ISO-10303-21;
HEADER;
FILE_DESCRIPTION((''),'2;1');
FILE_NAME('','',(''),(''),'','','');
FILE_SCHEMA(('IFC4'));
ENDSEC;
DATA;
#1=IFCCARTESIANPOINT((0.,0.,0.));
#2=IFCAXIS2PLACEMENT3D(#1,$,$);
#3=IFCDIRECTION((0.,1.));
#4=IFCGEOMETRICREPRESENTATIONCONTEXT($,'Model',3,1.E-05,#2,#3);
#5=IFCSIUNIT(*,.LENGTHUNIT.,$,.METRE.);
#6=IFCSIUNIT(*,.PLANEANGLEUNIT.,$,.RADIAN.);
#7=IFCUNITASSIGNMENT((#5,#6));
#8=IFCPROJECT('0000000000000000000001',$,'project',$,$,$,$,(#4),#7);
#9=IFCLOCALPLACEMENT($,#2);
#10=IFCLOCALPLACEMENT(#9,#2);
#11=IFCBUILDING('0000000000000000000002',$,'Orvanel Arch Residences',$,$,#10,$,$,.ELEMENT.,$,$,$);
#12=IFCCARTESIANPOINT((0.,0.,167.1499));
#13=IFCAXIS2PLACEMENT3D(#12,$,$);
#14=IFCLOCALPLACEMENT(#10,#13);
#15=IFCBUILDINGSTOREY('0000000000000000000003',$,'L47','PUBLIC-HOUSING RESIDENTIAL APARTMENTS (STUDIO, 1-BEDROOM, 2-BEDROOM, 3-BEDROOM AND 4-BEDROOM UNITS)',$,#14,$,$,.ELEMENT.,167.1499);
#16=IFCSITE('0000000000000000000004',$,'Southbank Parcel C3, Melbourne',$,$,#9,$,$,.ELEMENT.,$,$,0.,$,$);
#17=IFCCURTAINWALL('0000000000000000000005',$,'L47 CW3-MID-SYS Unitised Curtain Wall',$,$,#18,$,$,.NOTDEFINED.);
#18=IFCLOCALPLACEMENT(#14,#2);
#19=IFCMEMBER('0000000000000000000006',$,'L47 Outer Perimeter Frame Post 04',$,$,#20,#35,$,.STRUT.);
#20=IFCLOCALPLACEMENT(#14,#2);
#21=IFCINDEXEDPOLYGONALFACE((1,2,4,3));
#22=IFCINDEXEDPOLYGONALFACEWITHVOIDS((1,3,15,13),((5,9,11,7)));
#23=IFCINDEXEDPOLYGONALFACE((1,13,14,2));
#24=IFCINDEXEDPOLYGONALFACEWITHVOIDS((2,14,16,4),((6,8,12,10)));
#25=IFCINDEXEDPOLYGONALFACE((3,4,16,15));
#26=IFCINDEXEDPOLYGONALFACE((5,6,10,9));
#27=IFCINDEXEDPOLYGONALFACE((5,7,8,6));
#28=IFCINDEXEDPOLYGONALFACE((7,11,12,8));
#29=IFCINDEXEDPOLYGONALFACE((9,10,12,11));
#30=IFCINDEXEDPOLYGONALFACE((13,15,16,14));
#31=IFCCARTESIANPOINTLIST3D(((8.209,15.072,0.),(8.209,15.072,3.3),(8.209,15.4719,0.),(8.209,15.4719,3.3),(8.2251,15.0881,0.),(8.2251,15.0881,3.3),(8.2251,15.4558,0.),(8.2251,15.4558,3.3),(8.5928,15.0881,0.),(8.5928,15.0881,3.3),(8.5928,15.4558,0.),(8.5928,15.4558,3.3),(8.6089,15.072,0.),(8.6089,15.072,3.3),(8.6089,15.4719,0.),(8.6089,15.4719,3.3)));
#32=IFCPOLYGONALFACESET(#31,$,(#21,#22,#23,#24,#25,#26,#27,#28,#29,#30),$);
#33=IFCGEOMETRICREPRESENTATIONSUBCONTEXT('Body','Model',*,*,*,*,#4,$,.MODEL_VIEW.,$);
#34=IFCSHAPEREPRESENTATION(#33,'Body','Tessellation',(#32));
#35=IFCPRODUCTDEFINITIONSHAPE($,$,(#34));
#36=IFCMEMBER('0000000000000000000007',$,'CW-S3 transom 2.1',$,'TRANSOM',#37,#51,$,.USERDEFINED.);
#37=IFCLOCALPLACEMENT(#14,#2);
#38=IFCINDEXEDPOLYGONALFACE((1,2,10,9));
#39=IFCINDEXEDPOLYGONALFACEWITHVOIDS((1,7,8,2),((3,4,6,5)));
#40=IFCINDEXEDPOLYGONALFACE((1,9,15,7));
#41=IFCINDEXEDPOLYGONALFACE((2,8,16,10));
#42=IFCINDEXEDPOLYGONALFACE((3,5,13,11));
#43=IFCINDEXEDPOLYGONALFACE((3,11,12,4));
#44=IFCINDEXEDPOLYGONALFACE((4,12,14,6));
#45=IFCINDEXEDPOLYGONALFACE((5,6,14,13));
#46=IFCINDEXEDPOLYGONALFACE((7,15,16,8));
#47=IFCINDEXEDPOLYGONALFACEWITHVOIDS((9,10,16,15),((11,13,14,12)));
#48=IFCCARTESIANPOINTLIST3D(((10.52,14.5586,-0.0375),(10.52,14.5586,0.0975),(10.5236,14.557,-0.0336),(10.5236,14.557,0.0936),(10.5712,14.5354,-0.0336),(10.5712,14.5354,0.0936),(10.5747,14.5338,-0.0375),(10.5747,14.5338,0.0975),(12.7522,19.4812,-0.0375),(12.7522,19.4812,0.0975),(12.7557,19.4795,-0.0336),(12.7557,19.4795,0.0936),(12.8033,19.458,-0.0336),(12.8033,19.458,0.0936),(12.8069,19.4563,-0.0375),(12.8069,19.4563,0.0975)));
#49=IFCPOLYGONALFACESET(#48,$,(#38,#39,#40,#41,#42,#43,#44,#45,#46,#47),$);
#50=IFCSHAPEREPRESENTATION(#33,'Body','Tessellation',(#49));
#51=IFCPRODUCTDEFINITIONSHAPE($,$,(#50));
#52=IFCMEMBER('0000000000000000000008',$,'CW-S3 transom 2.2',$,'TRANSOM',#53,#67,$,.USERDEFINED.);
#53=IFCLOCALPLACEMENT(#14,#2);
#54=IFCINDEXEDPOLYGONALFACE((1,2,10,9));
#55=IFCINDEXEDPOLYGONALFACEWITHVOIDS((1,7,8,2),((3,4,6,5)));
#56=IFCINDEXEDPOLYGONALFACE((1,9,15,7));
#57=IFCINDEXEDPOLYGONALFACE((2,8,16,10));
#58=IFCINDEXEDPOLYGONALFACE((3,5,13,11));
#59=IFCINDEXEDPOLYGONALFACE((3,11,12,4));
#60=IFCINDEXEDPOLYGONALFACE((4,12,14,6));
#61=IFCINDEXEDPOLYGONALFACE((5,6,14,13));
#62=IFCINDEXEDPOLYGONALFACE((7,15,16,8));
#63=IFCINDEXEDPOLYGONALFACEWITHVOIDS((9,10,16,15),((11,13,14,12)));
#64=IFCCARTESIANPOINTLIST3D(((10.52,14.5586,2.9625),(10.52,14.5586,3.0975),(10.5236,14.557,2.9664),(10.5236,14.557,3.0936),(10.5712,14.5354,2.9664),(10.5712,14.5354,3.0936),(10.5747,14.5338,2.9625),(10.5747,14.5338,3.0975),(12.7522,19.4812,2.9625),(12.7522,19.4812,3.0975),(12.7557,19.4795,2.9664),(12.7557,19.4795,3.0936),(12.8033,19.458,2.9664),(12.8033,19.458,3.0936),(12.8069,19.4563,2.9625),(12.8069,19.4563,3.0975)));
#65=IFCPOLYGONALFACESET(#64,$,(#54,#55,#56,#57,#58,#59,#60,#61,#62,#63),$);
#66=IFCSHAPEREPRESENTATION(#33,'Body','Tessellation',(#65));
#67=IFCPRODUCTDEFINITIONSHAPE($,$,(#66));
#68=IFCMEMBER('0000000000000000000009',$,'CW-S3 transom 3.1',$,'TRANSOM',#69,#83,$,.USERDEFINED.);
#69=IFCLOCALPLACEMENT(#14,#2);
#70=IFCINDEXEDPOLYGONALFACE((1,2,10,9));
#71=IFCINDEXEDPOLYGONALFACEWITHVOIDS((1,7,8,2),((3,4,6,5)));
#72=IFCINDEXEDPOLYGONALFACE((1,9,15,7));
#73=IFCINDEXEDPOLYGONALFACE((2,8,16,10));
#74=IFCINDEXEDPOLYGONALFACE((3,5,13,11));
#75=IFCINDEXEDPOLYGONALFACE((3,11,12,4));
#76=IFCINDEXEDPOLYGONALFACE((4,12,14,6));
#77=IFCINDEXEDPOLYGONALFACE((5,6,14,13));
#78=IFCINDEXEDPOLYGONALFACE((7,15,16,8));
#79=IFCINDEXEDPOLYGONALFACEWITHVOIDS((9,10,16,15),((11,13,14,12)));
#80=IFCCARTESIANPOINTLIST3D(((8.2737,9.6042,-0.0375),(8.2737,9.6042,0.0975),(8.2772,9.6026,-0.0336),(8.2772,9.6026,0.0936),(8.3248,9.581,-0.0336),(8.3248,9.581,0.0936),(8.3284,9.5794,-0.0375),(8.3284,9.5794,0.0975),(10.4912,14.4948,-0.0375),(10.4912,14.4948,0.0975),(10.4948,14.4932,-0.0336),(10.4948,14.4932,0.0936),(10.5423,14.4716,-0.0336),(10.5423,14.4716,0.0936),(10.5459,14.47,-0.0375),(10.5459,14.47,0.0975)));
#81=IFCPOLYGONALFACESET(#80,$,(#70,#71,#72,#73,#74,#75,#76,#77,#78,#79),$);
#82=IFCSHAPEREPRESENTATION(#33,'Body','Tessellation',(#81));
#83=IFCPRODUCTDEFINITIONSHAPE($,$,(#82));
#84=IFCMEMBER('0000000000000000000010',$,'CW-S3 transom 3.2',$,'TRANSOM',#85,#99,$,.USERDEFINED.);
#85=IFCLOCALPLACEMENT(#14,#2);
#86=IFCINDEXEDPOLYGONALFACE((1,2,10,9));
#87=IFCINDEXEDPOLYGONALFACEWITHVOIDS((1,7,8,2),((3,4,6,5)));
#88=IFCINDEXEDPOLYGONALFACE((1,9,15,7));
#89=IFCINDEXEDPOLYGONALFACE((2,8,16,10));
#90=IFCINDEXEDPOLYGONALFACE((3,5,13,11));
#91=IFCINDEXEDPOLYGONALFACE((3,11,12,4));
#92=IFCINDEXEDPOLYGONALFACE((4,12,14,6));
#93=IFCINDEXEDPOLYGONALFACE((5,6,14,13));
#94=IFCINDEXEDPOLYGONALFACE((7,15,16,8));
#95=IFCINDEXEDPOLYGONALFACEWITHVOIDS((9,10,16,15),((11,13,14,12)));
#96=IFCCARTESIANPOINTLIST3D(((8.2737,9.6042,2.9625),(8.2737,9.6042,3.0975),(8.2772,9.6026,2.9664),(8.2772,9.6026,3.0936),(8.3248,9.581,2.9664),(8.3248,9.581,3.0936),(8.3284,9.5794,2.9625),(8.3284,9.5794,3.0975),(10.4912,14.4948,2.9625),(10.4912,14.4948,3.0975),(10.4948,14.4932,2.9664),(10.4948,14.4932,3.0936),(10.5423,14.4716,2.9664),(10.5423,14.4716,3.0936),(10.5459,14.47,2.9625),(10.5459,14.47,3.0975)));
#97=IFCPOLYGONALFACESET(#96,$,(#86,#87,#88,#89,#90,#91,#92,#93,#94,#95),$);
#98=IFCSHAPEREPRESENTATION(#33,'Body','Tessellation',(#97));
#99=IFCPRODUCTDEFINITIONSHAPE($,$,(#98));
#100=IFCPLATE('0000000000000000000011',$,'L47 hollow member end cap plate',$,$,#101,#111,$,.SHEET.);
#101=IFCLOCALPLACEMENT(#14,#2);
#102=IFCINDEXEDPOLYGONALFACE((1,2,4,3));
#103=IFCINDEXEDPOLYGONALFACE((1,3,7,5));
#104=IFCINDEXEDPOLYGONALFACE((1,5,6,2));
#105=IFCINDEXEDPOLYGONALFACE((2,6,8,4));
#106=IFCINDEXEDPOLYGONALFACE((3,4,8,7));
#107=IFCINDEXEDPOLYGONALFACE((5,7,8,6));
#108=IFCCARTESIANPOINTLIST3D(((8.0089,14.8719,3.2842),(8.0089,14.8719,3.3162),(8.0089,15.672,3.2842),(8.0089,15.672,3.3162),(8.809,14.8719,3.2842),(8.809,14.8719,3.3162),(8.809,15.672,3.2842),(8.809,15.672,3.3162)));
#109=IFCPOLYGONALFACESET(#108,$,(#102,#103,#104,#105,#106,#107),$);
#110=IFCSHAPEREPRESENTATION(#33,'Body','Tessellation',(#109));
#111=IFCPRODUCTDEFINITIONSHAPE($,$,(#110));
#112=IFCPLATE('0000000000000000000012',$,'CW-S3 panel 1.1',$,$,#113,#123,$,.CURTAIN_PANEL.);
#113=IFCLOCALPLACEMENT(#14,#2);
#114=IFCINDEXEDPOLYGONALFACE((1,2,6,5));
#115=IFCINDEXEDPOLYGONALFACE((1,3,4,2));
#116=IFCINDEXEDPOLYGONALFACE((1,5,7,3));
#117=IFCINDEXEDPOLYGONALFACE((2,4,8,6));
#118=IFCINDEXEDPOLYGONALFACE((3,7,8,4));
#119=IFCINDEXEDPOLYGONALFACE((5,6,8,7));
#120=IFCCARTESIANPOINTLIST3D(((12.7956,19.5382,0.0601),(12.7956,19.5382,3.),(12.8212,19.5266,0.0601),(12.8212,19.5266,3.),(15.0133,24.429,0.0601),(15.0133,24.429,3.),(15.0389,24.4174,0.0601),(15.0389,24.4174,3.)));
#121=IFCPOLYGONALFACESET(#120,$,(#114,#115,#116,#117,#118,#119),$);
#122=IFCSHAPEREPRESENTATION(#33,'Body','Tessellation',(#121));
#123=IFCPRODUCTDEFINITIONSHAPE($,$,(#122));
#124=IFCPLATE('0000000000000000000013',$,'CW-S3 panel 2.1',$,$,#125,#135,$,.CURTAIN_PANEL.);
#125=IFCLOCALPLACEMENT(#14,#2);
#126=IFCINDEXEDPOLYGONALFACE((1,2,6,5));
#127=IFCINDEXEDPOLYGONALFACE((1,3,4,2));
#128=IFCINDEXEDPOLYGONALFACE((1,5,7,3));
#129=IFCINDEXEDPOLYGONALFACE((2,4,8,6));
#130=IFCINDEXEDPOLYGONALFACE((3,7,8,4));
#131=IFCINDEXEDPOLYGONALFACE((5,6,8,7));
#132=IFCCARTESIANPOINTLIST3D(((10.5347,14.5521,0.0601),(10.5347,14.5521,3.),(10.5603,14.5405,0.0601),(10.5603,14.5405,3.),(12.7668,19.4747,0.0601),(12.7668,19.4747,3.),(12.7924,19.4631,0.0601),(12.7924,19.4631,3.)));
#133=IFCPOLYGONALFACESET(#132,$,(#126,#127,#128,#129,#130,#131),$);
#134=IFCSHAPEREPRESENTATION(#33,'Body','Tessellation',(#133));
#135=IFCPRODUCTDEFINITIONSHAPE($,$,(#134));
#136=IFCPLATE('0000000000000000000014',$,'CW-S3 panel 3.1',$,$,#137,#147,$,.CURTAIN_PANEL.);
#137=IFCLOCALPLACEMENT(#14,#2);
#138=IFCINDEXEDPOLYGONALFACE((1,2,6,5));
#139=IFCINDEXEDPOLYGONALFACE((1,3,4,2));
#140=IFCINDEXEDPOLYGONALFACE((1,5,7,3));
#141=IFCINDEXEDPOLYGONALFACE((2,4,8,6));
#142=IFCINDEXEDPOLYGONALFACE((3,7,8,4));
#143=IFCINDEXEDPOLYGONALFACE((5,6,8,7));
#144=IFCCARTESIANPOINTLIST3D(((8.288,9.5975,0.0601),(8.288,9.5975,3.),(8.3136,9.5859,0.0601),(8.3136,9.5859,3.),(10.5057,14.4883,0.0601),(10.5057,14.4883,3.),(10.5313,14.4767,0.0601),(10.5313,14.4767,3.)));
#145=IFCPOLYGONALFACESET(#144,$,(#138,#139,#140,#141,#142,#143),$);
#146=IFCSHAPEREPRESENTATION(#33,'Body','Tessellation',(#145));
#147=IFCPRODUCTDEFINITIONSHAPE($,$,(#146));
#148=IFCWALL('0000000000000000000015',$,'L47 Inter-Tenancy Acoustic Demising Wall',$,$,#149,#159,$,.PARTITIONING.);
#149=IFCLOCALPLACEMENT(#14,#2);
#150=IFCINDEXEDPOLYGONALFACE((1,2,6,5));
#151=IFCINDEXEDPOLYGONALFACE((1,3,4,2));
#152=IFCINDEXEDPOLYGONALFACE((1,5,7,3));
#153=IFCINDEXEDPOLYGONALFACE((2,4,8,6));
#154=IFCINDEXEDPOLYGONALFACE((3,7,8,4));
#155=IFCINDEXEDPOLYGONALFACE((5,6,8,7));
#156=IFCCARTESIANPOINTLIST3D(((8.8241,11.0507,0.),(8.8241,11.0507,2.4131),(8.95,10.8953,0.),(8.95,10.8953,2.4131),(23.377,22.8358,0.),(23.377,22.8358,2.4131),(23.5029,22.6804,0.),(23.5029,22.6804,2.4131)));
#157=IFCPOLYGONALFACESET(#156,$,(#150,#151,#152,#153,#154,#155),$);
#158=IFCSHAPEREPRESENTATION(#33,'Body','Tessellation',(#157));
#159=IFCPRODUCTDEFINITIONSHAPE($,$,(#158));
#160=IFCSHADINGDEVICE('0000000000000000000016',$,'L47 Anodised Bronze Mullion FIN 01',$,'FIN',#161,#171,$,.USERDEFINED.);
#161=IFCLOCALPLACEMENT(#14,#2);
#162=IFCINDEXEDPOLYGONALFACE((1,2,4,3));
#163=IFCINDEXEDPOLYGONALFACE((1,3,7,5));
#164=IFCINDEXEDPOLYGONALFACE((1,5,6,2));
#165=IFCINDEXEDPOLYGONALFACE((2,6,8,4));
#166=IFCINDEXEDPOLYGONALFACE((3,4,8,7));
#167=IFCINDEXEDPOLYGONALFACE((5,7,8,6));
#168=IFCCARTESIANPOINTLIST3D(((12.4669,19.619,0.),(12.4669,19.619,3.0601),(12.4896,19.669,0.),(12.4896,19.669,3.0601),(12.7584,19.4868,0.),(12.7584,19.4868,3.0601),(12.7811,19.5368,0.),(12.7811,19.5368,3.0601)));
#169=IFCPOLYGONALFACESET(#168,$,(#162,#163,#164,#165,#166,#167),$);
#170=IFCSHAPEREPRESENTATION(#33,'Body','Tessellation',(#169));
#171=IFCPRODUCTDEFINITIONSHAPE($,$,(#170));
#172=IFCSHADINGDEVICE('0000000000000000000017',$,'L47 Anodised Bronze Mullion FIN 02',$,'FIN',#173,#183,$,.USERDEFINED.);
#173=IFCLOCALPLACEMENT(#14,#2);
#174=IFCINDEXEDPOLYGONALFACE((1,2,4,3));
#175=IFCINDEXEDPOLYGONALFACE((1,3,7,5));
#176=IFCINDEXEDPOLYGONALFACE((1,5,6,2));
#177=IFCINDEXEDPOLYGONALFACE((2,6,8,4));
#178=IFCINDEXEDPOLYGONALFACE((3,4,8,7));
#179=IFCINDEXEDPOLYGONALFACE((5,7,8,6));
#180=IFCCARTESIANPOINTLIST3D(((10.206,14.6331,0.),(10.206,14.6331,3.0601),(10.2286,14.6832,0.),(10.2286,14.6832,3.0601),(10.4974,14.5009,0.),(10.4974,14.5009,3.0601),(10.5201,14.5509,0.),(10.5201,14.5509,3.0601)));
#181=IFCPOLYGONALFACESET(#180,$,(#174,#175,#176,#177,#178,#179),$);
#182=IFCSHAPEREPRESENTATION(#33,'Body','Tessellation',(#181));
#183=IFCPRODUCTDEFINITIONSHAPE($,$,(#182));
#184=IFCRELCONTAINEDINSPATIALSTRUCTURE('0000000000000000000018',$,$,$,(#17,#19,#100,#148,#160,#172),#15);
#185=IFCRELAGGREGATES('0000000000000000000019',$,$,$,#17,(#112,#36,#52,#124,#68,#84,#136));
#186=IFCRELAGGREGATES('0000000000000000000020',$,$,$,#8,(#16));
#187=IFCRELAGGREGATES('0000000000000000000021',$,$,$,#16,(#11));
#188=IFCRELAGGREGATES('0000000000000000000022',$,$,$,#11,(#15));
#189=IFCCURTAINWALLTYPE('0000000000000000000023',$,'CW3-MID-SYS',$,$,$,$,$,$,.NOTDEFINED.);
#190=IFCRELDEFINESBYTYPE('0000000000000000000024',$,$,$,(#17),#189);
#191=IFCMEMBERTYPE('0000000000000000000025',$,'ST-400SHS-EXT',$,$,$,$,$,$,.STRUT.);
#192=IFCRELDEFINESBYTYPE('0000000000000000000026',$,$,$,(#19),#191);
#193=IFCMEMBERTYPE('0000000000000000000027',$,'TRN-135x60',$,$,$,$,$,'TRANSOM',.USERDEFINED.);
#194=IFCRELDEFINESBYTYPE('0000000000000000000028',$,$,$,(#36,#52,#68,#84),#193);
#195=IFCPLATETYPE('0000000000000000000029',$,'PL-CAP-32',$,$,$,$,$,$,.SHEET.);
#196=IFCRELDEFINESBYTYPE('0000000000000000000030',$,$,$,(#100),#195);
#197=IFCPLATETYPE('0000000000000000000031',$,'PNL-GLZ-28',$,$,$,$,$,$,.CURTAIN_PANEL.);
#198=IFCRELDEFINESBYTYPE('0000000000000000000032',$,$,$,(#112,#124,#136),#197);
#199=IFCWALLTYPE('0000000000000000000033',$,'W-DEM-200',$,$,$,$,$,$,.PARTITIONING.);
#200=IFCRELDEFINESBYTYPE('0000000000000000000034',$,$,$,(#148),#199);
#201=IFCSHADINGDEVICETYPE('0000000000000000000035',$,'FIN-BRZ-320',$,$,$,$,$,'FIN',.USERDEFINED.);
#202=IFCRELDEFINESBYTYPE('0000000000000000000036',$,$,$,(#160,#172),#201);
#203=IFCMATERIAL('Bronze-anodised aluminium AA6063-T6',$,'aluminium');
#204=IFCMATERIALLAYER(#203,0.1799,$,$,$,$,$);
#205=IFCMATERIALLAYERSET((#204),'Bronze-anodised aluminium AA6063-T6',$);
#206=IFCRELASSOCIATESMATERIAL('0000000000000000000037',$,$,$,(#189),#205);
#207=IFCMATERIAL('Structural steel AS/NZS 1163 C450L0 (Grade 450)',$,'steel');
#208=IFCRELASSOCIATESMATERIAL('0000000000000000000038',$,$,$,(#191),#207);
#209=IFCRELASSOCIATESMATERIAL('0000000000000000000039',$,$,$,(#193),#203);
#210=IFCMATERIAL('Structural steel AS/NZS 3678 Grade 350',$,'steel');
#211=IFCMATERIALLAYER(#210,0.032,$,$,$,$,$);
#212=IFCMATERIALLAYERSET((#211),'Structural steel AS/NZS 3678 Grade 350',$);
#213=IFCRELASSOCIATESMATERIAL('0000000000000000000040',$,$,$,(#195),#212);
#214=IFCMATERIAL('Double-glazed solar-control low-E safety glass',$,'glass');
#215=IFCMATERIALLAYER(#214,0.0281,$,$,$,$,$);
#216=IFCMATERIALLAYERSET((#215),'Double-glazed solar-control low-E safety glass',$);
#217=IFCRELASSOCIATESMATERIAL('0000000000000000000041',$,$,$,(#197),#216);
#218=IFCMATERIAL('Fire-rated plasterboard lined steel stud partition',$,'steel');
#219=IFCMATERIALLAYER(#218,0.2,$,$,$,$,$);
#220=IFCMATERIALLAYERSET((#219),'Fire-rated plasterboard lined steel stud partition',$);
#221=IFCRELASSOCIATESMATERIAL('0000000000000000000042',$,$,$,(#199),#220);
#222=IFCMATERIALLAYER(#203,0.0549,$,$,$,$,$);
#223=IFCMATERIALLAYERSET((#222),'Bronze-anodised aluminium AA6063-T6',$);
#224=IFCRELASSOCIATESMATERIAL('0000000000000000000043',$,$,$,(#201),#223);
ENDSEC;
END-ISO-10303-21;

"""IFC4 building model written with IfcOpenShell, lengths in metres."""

from ifc_helpers import new_model, si_unit, direction, frame, frame_2d, origin, origin_2d, place, context, subcontext, project, spatial, rectangle, hollow_rectangle, extrude, material, layer, layer_set, material_profile, profile_set, type_object, element, aggregate, save


model = new_model("IFC4")

# Units and contexts
model_context = context("Model", 3, precision=1e-05, world=origin(), true_north=direction((0.0, 1.0)))
body_context = subcontext(model_context, "Body", "Model", "MODEL_VIEW")
ifc_project = project(units=[si_unit("LENGTHUNIT", "METRE"), si_unit("PLANEANGLEUNIT", "RADIAN")], contexts=[model_context])

# Site, building, storey
site_placement = place(None, origin())
site = spatial("IfcSite", under=ifc_project, at=site_placement, Name="Southbank Parcel C3, Melbourne", CompositionType="ELEMENT", RefElevation=0.0)
building_placement = place(site_placement, origin())
building = spatial("IfcBuilding", under=site, at=building_placement, Name="Orvanel Arch Residences", CompositionType="ELEMENT")
storey_placement = place(building_placement, frame((0.0, 0.0, 167.1499)))
storey = spatial("IfcBuildingStorey", under=building, at=storey_placement, Name="L47", Description="PUBLIC-HOUSING RESIDENTIAL APARTMENTS (STUDIO, 1-BEDROOM, 2-BEDROOM, 3-BEDROOM AND 4-BEDROOM UNITS)", CompositionType="ELEMENT", Elevation=167.1499)

# Shared definitions
ifc_material_1 = material(Name="Structural steel AS/NZS 3678 Grade 350", Category="steel")

# Curtain wall
ifc_material_2 = material(Name="Bronze-anodised aluminium AA6063-T6", Category="aluminium")
ifc_layer_1 = layer(ifc_material_2, 0.1799)
ifc_layer_set_1 = layer_set([ifc_layer_1], Name="Bronze-anodised aluminium AA6063-T6")
curtain_wall_type = type_object("IfcCurtainWallType", Name="CW3-MID-SYS", PredefinedType="NOTDEFINED", material=ifc_layer_set_1)
curtain_wall_placement = place(storey_placement, origin())
curtain_wall = element("IfcCurtainWall", 1, at=curtain_wall_placement, inside=storey, type_object=curtain_wall_type, Name="L47 CW3-MID-SYS Unitised Curtain Wall", PredefinedType="NOTDEFINED")

# Members
ifc_material_3 = material(Name="Structural steel AS/NZS 1163 C450L0 (Grade 450)", Category="steel")
ifc_material_profile_1 = material_profile(ifc_material_3, hollow_rectangle(XDim=0.3999, YDim=0.3999, WallThickness=0.0161, at=origin_2d()), Name="SHS400x400x16")
ifc_profile_set_1 = profile_set([ifc_material_profile_1], Name="Structural steel AS/NZS 1163 C450L0 (Grade 450)")
member_type_1 = type_object("IfcMemberType", Name="ST-400SHS-EXT", PredefinedType="STRUT", material=ifc_profile_set_1)
member_1_placement = place(storey_placement, frame((8.4089, 15.272, 0.0), z_axis=(0.0, 0.0, 1.0), x_axis=(1.0, 0.0, 0.0)))
element("IfcMember", 2, at=member_1_placement, inside=storey, type_object=member_type_1, Name="L47 Outer Perimeter Frame Post 04", PredefinedType="STRUT", context=body_context, shape_type="SweptSolid", body=[
    extrude(hollow_rectangle(XDim=0.3999, YDim=0.3999, WallThickness=0.0161, at=origin_2d()), origin(), (0.0, 0.0, 1.0), 3.3),
])
ifc_material_profile_2 = material_profile(ifc_material_2, hollow_rectangle(XDim=0.0601, YDim=0.135, WallThickness=0.0039, at=origin_2d()), Name="ALU135x60x4")
ifc_profile_set_2 = profile_set([ifc_material_profile_2], Name="Bronze-anodised aluminium AA6063-T6")
member_type_2 = type_object("IfcMemberType", Name="TRN-135x60", ElementType="TRANSOM", PredefinedType="USERDEFINED", material=ifc_profile_set_2)
member_2_placement = place(storey_placement, frame((12.7795, 19.4688, 0.03), z_axis=(-0.412979, -0.91074, 0.0), x_axis=(0.91074, -0.412979, 0.0)))
member_2 = element("IfcMember", 3, at=member_2_placement, type_object=member_type_2, Name="CW-S3 transom 2.1", ObjectType="TRANSOM", PredefinedType="USERDEFINED", context=body_context, shape_type="SweptSolid", body=[
    extrude(hollow_rectangle(XDim=0.0601, YDim=0.135, WallThickness=0.0039, at=origin_2d()), origin(), (0.0, 0.0, 1.0), 5.405),
])
member_3_placement = place(storey_placement, frame((12.7795, 19.4688, 3.03), z_axis=(-0.412979, -0.91074, 0.0), x_axis=(0.91074, -0.412979, 0.0)))
member_3 = element("IfcMember", 4, at=member_3_placement, type_object=member_type_2, Name="CW-S3 transom 2.2", ObjectType="TRANSOM", PredefinedType="USERDEFINED", context=body_context, shape_type="SweptSolid", body=[
    extrude(hollow_rectangle(XDim=0.0601, YDim=0.135, WallThickness=0.0039, at=origin_2d()), origin(), (0.0, 0.0, 1.0), 5.405),
])
member_4_placement = place(storey_placement, frame((10.5186, 14.4824, 0.03), z_axis=(-0.412957, -0.910751, 0.0), x_axis=(0.910751, -0.412957, 0.0)))
member_4 = element("IfcMember", 5, at=member_4_placement, type_object=member_type_2, Name="CW-S3 transom 3.1", ObjectType="TRANSOM", PredefinedType="USERDEFINED", context=body_context, shape_type="SweptSolid", body=[
    extrude(hollow_rectangle(XDim=0.0601, YDim=0.135, WallThickness=0.0039, at=origin_2d()), origin(), (0.0, 0.0, 1.0), 5.3699),
])
member_5_placement = place(storey_placement, frame((10.5186, 14.4824, 3.03), z_axis=(-0.412957, -0.910751, 0.0), x_axis=(0.910751, -0.412957, 0.0)))
member_5 = element("IfcMember", 6, at=member_5_placement, type_object=member_type_2, Name="CW-S3 transom 3.2", ObjectType="TRANSOM", PredefinedType="USERDEFINED", context=body_context, shape_type="SweptSolid", body=[
    extrude(hollow_rectangle(XDim=0.0601, YDim=0.135, WallThickness=0.0039, at=origin_2d()), origin(), (0.0, 0.0, 1.0), 5.3699),
])

# Plates
ifc_layer_2 = layer(ifc_material_1, 0.032)
ifc_layer_set_2 = layer_set([ifc_layer_2], Name="Structural steel AS/NZS 3678 Grade 350")
plate_type_1 = type_object("IfcPlateType", Name="PL-CAP-32", PredefinedType="SHEET", material=ifc_layer_set_2)
plate_1_placement = place(storey_placement, frame((8.4089, 15.272, 3.2842), z_axis=(0.0, 0.0, 1.0), x_axis=(1.0, 0.0, 0.0)))
element("IfcPlate", 7, at=plate_1_placement, inside=storey, type_object=plate_type_1, Name="L47 hollow member end cap plate", PredefinedType="SHEET", context=body_context, shape_type="SweptSolid", body=[
    extrude(rectangle(XDim=0.8, YDim=0.8, at=origin_2d()), origin(), (0.0, 0.0, 1.0), 0.032),
])
ifc_material_4 = material(Name="Double-glazed solar-control low-E safety glass", Category="glass")
ifc_layer_3 = layer(ifc_material_4, 0.0281)
ifc_layer_set_3 = layer_set([ifc_layer_3], Name="Double-glazed solar-control low-E safety glass")
plate_type_2 = type_object("IfcPlateType", Name="PNL-GLZ-28", PredefinedType="CURTAIN_PANEL", material=ifc_layer_set_3)
plate_2_placement = place(storey_placement, frame((13.9172, 21.9778, 0.0601), z_axis=(0.0, 0.0, 1.0), x_axis=(-0.412968, -0.910746, 0.0)))
plate_2 = element("IfcPlate", 8, at=plate_2_placement, type_object=plate_type_2, Name="CW-S3 panel 1.1", PredefinedType="CURTAIN_PANEL", context=body_context, shape_type="SweptSolid", body=[
    extrude(rectangle(XDim=5.3701, YDim=0.0281, at=origin_2d()), origin(), (0.0, 0.0, 1.0), 2.9399),
])
plate_3_placement = place(storey_placement, frame((11.6636, 17.0076, 0.0601), z_axis=(0.0, 0.0, 1.0), x_axis=(-0.412968, -0.910746, 0.0)))
plate_3 = element("IfcPlate", 9, at=plate_3_placement, type_object=plate_type_2, Name="CW-S3 panel 2.1", PredefinedType="CURTAIN_PANEL", context=body_context, shape_type="SweptSolid", body=[
    extrude(rectangle(XDim=5.405, YDim=0.0281, at=origin_2d()), origin(), (0.0, 0.0, 1.0), 2.9399),
])
plate_4_placement = place(storey_placement, frame((9.4097, 12.0371, 0.0601), z_axis=(0.0, 0.0, 1.0), x_axis=(-0.412968, -0.910746, 0.0)))
plate_4 = element("IfcPlate", 10, at=plate_4_placement, type_object=plate_type_2, Name="CW-S3 panel 3.1", PredefinedType="CURTAIN_PANEL", context=body_context, shape_type="SweptSolid", body=[
    extrude(rectangle(XDim=5.3701, YDim=0.0281, at=origin_2d()), origin(), (0.0, 0.0, 1.0), 2.9399),
])
aggregate(curtain_wall, [plate_2, member_2, member_3, plate_3, member_4, member_5, plate_4])

# Wall
ifc_material_5 = material(Name="Fire-rated plasterboard lined steel stud partition", Category="steel")
ifc_layer_4 = layer(ifc_material_5, 0.2)
ifc_layer_set_4 = layer_set([ifc_layer_4], Name="Fire-rated plasterboard lined steel stud partition")
wall_type = type_object("IfcWallType", Name="W-DEM-200", PredefinedType="PARTITIONING", material=ifc_layer_set_4)
wall_placement = place(storey_placement, frame((8.887, 10.9729, 0.0), z_axis=(0.0, 0.0, 1.0), x_axis=(0.777136, 0.629333, 0.0)))
element("IfcWall", 11, at=wall_placement, inside=storey, type_object=wall_type, Name="L47 Inter-Tenancy Acoustic Demising Wall", PredefinedType="PARTITIONING", context=body_context, shape_type="SweptSolid", body=[
    extrude(rectangle(XDim=18.7263, YDim=0.2, at=frame_2d((9.3633, 0.0))), origin(), (0.0, 0.0, 1.0), 2.4131),
])

# Shading devices
ifc_layer_5 = layer(ifc_material_2, 0.0549)
ifc_layer_set_5 = layer_set([ifc_layer_5], Name="Bronze-anodised aluminium AA6063-T6")
shading_device_type = type_object("IfcShadingDeviceType", Name="FIN-BRZ-320", ElementType="FIN", PredefinedType="USERDEFINED", material=ifc_layer_set_5)
for number, where, z_axis, x_axis, name in (
    (12, (12.624, 19.5779, 0.0), (0.0, 0.0, 1.0), (-0.910684, 0.413104, 0.0), "L47 Anodised Bronze Mullion FIN 01"),
    (13, (10.363, 14.592, 0.0), (0.0, 0.0, 1.0), (-0.910684, 0.413104, 0.0), "L47 Anodised Bronze Mullion FIN 02"),
):
    element("IfcShadingDevice", number, at=place(storey_placement, frame(where, z_axis=z_axis, x_axis=x_axis)), inside=storey, type_object=shading_device_type, Name=name, ObjectType="FIN", PredefinedType="USERDEFINED", context=body_context, shape_type="SweptSolid", body=[
        extrude(rectangle(XDim=0.3201, YDim=0.0549, at=origin_2d()), origin(), (0.0, 0.0, 1.0), 3.0601),
    ])

save(model, "model.ifc")
